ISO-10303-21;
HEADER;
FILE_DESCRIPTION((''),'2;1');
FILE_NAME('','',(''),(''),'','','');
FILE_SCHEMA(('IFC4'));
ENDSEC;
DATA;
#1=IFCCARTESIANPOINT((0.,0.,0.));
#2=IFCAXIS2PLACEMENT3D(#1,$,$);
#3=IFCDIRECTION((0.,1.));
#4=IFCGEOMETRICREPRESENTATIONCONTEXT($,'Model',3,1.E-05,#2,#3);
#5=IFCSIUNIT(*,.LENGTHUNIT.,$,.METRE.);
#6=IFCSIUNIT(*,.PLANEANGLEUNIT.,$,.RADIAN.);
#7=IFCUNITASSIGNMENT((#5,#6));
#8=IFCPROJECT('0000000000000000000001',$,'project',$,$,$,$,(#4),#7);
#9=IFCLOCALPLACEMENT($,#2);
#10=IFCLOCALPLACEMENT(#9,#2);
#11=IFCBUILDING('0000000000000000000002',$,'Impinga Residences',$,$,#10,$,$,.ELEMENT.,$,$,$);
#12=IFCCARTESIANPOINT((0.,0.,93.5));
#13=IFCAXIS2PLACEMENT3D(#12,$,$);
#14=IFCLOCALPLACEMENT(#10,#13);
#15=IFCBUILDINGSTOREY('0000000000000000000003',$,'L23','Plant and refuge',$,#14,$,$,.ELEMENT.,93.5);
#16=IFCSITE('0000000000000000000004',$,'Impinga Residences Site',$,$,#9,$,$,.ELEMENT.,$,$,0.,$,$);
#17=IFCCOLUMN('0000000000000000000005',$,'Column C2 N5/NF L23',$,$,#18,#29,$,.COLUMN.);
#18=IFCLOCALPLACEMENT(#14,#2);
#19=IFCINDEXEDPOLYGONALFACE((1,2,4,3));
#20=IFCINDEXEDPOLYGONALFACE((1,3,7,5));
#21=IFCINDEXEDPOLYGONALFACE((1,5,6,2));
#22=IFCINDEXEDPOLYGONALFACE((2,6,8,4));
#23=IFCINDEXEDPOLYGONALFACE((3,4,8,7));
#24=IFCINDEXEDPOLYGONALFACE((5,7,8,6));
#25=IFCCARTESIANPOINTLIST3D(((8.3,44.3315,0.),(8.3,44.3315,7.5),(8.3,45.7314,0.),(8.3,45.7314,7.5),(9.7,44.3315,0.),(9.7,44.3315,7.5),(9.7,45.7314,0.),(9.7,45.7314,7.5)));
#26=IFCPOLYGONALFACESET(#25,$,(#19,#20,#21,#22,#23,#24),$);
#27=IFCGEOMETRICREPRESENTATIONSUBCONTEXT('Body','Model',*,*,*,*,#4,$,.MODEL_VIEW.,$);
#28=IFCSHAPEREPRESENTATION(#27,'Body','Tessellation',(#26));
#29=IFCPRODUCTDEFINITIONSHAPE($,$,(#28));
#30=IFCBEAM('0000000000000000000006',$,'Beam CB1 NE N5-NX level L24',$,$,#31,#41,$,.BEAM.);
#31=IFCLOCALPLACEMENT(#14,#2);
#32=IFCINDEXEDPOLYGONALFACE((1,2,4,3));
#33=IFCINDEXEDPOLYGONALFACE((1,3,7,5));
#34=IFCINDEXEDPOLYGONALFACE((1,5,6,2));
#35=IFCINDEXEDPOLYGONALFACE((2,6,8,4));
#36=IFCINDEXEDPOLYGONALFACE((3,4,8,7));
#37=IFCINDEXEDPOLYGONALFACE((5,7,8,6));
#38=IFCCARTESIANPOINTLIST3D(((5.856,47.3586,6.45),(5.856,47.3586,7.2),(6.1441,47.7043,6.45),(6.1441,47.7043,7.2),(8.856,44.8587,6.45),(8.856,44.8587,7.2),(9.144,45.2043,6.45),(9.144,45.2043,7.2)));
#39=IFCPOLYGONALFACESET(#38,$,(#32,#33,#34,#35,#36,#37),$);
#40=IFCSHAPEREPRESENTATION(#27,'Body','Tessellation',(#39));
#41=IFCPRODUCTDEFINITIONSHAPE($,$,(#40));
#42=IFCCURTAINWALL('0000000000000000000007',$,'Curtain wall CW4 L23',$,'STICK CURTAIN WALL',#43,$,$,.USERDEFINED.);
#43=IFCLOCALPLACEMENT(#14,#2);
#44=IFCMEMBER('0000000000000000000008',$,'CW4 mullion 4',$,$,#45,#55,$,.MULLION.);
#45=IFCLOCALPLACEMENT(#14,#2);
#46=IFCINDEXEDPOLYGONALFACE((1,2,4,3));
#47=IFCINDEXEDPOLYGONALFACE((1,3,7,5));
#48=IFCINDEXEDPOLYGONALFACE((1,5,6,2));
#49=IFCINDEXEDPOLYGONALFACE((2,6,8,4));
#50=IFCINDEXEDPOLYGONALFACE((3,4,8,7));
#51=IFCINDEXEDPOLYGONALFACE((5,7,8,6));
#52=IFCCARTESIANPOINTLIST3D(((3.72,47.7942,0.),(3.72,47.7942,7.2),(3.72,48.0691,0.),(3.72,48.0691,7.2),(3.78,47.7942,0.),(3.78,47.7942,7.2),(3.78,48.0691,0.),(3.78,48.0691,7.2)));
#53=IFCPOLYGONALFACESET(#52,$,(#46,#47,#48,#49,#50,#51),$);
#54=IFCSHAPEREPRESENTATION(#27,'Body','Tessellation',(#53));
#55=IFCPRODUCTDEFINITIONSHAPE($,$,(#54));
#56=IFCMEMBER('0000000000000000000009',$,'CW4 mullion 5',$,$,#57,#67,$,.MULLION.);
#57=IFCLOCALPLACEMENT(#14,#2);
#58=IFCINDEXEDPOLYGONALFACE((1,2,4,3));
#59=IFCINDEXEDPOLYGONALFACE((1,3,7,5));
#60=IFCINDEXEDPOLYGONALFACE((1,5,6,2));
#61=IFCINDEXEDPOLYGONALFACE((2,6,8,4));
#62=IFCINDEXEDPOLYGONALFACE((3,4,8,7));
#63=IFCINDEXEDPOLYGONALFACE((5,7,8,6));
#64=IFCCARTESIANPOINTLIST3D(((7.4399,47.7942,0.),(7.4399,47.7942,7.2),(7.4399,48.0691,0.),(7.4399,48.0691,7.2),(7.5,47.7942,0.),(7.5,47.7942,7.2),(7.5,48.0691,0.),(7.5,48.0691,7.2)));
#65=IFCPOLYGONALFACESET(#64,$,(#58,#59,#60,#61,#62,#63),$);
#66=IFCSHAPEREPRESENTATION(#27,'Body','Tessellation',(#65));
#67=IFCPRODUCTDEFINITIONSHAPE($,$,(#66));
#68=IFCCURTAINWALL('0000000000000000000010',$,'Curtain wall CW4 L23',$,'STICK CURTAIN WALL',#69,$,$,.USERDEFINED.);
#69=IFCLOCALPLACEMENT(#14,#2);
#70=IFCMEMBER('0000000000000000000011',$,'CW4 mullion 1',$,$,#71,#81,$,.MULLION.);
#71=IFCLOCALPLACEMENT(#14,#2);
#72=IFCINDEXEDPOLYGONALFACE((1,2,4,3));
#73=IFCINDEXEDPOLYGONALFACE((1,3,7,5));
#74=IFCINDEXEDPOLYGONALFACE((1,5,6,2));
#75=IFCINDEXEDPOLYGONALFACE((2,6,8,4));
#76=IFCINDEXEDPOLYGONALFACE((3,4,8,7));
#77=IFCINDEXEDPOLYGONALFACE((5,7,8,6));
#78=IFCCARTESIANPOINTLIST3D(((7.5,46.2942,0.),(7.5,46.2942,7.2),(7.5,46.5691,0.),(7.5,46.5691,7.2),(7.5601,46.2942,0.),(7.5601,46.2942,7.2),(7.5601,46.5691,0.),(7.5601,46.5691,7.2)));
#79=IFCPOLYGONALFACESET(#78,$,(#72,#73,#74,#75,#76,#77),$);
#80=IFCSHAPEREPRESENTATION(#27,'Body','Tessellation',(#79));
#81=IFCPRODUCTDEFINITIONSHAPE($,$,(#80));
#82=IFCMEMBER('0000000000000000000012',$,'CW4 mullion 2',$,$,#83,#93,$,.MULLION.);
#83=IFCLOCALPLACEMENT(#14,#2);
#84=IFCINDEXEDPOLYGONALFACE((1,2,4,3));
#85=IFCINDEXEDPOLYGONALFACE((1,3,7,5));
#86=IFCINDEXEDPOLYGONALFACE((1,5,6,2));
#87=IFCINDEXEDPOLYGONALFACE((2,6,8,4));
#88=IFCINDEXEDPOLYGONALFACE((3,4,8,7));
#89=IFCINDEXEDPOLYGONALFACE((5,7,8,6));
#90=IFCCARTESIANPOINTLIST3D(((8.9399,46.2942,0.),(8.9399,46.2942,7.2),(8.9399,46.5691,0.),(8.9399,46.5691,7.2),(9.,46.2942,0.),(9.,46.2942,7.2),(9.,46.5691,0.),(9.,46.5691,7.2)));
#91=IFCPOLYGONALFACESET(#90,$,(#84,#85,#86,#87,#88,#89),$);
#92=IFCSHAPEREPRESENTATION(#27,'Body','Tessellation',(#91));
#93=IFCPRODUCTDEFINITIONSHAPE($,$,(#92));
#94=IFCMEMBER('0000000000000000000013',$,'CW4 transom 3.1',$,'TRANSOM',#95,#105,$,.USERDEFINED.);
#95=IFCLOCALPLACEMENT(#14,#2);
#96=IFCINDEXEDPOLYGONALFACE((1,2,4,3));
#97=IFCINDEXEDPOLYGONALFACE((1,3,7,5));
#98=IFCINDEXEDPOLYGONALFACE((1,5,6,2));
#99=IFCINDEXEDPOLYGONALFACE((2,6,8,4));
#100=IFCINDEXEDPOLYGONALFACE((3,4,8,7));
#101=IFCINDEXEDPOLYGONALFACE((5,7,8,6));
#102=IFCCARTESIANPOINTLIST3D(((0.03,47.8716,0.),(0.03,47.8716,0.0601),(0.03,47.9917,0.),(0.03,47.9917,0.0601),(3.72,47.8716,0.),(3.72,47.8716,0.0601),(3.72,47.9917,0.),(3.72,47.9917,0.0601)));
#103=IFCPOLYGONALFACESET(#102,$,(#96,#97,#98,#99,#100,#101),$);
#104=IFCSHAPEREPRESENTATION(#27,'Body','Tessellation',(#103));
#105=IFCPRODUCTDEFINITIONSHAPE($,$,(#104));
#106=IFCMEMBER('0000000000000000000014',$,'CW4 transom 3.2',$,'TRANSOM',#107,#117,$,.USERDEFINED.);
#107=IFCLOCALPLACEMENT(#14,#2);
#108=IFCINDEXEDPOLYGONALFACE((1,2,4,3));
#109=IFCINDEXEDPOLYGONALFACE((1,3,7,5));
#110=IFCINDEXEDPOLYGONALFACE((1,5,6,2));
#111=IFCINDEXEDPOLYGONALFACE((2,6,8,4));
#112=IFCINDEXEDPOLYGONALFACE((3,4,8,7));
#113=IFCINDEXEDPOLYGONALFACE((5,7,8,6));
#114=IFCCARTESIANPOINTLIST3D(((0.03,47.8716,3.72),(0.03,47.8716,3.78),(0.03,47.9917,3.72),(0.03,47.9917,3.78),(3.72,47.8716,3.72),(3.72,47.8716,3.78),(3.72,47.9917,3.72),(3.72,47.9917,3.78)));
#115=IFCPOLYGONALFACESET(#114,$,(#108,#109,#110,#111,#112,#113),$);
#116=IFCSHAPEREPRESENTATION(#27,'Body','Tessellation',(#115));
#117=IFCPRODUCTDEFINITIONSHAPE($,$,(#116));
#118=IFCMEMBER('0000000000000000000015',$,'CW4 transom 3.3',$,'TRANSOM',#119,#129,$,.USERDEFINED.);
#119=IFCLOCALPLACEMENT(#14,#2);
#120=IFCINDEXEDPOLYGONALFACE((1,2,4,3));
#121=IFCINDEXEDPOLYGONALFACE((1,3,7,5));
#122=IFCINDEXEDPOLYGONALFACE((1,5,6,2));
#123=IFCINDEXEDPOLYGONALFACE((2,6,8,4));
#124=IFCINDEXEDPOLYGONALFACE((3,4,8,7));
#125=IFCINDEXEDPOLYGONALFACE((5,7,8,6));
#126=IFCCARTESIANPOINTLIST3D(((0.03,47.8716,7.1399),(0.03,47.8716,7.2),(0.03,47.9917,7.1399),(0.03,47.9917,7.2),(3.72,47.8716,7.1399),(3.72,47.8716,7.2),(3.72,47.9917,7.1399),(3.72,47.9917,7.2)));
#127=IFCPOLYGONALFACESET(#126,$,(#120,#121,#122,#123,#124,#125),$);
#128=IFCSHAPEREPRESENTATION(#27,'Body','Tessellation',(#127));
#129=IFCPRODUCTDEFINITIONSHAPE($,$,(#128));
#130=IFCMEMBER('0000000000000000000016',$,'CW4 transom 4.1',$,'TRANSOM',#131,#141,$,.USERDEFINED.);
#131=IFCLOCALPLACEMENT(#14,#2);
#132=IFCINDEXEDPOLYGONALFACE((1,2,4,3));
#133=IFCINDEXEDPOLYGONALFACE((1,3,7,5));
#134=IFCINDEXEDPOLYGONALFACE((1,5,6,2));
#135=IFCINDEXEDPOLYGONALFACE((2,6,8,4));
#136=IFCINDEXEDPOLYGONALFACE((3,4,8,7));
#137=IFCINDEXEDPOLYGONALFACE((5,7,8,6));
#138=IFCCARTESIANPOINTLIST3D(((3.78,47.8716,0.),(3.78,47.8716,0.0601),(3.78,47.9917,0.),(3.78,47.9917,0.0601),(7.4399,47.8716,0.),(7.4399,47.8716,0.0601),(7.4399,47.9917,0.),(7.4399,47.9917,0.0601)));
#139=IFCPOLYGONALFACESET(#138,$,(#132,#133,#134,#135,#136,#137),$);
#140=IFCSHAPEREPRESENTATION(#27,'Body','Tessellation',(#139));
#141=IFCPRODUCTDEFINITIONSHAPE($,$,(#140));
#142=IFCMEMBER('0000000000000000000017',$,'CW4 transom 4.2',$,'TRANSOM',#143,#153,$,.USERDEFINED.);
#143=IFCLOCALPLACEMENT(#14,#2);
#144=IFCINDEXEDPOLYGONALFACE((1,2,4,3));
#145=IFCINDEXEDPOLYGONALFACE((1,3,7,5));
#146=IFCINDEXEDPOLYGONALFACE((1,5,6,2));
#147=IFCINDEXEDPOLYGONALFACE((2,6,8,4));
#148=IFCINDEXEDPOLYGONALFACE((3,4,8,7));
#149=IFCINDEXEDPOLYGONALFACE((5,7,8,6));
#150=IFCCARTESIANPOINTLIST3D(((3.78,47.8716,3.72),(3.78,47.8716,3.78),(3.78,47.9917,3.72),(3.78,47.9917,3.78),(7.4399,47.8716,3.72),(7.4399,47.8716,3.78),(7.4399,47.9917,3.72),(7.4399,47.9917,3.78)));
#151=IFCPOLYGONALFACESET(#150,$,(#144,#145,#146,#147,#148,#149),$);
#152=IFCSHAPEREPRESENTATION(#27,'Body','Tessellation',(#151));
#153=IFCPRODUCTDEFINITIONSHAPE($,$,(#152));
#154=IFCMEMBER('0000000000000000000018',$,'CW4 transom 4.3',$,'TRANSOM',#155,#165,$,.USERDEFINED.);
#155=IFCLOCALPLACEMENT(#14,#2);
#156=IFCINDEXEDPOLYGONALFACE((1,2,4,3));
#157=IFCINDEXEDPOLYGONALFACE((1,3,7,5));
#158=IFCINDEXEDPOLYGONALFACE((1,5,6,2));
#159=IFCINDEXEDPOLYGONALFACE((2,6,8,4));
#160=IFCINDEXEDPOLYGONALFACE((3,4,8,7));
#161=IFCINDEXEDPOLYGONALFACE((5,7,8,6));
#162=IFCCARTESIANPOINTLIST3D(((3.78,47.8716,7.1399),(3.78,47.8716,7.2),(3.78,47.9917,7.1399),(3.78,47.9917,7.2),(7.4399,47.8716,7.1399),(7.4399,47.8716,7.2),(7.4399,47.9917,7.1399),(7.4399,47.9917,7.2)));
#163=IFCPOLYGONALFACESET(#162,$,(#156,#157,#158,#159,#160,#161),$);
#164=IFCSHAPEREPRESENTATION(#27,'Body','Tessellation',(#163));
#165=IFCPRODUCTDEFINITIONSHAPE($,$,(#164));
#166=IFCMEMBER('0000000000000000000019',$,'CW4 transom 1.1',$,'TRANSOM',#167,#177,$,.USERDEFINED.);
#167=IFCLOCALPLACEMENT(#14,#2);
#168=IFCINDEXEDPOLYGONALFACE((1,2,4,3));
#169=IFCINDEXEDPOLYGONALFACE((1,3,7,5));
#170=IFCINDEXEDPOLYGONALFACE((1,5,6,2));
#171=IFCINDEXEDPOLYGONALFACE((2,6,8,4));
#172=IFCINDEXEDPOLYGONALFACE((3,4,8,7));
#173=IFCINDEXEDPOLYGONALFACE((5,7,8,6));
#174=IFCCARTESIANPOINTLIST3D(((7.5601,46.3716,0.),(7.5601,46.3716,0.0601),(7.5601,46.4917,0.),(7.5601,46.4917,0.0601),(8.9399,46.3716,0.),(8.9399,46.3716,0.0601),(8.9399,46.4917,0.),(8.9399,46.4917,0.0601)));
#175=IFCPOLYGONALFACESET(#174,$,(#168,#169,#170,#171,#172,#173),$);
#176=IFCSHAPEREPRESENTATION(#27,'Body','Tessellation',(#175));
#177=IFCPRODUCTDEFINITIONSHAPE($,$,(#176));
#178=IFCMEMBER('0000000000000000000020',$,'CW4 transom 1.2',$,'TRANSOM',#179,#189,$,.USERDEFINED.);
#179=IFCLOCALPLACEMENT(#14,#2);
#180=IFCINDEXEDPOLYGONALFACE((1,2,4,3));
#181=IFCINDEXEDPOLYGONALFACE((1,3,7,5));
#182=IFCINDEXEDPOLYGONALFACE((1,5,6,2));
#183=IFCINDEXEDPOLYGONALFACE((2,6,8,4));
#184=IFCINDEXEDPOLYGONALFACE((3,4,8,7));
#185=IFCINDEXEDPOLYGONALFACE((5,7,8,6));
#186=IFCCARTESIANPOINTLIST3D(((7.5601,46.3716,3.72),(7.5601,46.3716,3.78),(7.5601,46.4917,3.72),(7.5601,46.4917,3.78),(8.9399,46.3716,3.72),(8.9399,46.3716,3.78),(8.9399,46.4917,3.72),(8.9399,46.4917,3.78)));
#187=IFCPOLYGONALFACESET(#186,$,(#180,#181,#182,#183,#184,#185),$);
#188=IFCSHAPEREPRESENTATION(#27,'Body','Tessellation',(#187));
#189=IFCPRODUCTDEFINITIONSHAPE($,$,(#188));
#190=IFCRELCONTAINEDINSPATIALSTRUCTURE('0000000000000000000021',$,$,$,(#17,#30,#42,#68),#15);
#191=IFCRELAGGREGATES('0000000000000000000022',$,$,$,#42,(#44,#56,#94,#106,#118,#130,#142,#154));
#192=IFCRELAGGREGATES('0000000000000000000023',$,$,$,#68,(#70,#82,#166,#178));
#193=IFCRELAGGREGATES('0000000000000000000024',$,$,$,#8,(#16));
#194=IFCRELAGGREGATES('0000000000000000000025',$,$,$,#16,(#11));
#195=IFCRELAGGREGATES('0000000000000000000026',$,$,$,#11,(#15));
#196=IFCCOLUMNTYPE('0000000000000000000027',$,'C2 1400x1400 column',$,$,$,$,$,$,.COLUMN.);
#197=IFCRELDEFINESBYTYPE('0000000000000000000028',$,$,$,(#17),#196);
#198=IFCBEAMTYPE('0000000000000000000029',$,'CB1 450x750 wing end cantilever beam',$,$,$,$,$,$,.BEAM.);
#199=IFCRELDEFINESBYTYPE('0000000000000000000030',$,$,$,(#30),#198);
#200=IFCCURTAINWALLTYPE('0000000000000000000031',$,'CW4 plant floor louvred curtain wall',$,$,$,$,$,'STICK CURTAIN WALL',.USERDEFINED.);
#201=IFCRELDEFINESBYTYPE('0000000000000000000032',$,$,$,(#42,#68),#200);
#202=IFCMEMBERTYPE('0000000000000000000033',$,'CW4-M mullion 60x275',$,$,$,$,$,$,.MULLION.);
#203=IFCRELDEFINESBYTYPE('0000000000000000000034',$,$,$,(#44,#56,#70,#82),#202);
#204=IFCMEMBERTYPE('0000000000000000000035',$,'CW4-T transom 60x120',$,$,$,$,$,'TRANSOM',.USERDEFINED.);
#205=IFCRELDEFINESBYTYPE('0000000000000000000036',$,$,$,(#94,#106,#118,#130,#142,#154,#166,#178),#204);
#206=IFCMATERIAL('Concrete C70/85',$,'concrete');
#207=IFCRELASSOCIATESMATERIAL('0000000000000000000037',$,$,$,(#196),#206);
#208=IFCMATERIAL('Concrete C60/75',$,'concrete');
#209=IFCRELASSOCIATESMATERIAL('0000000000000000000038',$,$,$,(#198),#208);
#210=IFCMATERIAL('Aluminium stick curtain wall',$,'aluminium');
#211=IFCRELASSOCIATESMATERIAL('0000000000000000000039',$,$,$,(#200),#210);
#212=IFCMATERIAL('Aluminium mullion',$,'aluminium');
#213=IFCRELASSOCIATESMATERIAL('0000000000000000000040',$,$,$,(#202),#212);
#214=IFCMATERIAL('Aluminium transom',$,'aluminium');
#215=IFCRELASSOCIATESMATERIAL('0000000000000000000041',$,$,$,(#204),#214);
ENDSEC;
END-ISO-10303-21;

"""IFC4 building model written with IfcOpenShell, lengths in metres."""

from ifc_helpers import new_model, si_unit, direction, frame, origin, origin_2d, place, context, subcontext, project, spatial, rectangle, extrude, material, material_profile, profile_set, type_object, element, aggregate, save


model = new_model("IFC4")

# Units and contexts
model_context = context("Model", 3, precision=1e-05, world=origin(), true_north=direction((0.0, 1.0)))
body_context = subcontext(model_context, "Body", "Model", "MODEL_VIEW")
ifc_project = project(units=[si_unit("LENGTHUNIT", "METRE"), si_unit("PLANEANGLEUNIT", "RADIAN")], contexts=[model_context])

# Site, building, storey
site_placement = place(None, origin())
site = spatial("IfcSite", under=ifc_project, at=site_placement, Name="Impinga Residences Site", CompositionType="ELEMENT", RefElevation=0.0)
building_placement = place(site_placement, origin())
building = spatial("IfcBuilding", under=site, at=building_placement, Name="Impinga Residences", CompositionType="ELEMENT")
storey_placement = place(building_placement, frame((0.0, 0.0, 93.5)))
storey = spatial("IfcBuildingStorey", under=building, at=storey_placement, Name="L23", Description="Plant and refuge", CompositionType="ELEMENT", Elevation=93.5)

# Column
ifc_material_1 = material(Name="Concrete C70/85", Category="concrete")
ifc_material_profile_1 = material_profile(ifc_material_1, rectangle(XDim=1.3999, YDim=1.3999, at=origin_2d()), Name="RC 1400x1400")
ifc_profile_set_1 = profile_set([ifc_material_profile_1], Name="Concrete C70/85")
column_type = type_object("IfcColumnType", Name="C2 1400x1400 column", PredefinedType="COLUMN", material=ifc_profile_set_1)
column_placement = place(storey_placement, frame((9.0, 45.0315, 0.0), z_axis=(0.0, 0.0, 1.0), x_axis=(1.0, 0.0, 0.0)))
element("IfcColumn", 1, at=column_placement, inside=storey, type_object=column_type, Name="Column C2 N5/NF L23", PredefinedType="COLUMN", context=body_context, shape_type="SweptSolid", body=[
    extrude(rectangle(XDim=1.3999, YDim=1.3999, at=origin_2d()), origin(), (0.0, 0.0, 1.0), 7.5),
])

# Beam
ifc_material_2 = material(Name="Concrete C60/75", Category="concrete")
ifc_material_profile_2 = material_profile(ifc_material_2, rectangle(XDim=0.45, YDim=0.75, at=origin_2d()), Name="RC 450x750")
ifc_profile_set_2 = profile_set([ifc_material_profile_2], Name="Concrete C60/75")
beam_type_1 = type_object("IfcBeamType", Name="CB1 450x750 wing end cantilever beam", PredefinedType="BEAM", material=ifc_profile_set_2)
beam_1_placement = place(storey_placement, frame((9.0, 45.0315, 6.825), z_axis=(-0.768221, 0.640184, 0.0), x_axis=(-0.640184, -0.768221, 0.0)))
element("IfcBeam", 2, at=beam_1_placement, inside=storey, type_object=beam_type_1, Name="Beam CB1 NE N5-NX level L24", PredefinedType="BEAM", context=body_context, shape_type="SweptSolid", body=[
    extrude(rectangle(XDim=0.45, YDim=0.75, at=origin_2d()), origin(), (0.0, 0.0, 1.0), 3.905),
])

# Curtain walls, members
ifc_material_3 = material(Name="Aluminium stick curtain wall", Category="aluminium")
curtain_wall_type = type_object("IfcCurtainWallType", Name="CW4 plant floor louvred curtain wall", ElementType="STICK CURTAIN WALL", PredefinedType="USERDEFINED", material=ifc_material_3)
curtain_wall_1_placement = place(storey_placement, origin())
curtain_wall_1 = element("IfcCurtainWall", 3, at=curtain_wall_1_placement, inside=storey, type_object=curtain_wall_type, Name="Curtain wall CW4 L23", ObjectType="STICK CURTAIN WALL", PredefinedType="USERDEFINED")
ifc_material_4 = material(Name="Aluminium mullion", Category="aluminium")
ifc_material_profile_3 = material_profile(ifc_material_4, rectangle(XDim=0.0601, YDim=0.2749, at=origin_2d()), Name="60x275 mullion")
ifc_profile_set_3 = profile_set([ifc_material_profile_3], Name="Aluminium mullion")
member_type_1 = type_object("IfcMemberType", Name="CW4-M mullion 60x275", PredefinedType="MULLION", material=ifc_profile_set_3)
member_1_placement = place(storey_placement, frame((3.75, 47.9316, 0.0), z_axis=(0.0, 0.0, 1.0), x_axis=(1.0, 0.0, 0.0)))
member_1 = element("IfcMember", 4, at=member_1_placement, type_object=member_type_1, Name="CW4 mullion 4", PredefinedType="MULLION", context=body_context, shape_type="SweptSolid", body=[
    extrude(rectangle(XDim=0.0601, YDim=0.2749, at=origin_2d()), origin(), (0.0, 0.0, 1.0), 7.2),
])
member_2_placement = place(storey_placement, frame((7.47, 47.9316, 0.0), z_axis=(0.0, 0.0, 1.0), x_axis=(1.0, 0.0, 0.0)))
member_2 = element("IfcMember", 5, at=member_2_placement, type_object=member_type_1, Name="CW4 mullion 5", PredefinedType="MULLION", context=body_context, shape_type="SweptSolid", body=[
    extrude(rectangle(XDim=0.0601, YDim=0.2749, at=origin_2d()), origin(), (0.0, 0.0, 1.0), 7.2),
])
curtain_wall_2_placement = place(storey_placement, origin())
curtain_wall_2 = element("IfcCurtainWall", 6, at=curtain_wall_2_placement, inside=storey, type_object=curtain_wall_type, Name="Curtain wall CW4 L23", ObjectType="STICK CURTAIN WALL", PredefinedType="USERDEFINED")
member_3_placement = place(storey_placement, frame((7.53, 46.4316, 0.0), z_axis=(0.0, 0.0, 1.0), x_axis=(1.0, 0.0, 0.0)))
member_3 = element("IfcMember", 7, at=member_3_placement, type_object=member_type_1, Name="CW4 mullion 1", PredefinedType="MULLION", context=body_context, shape_type="SweptSolid", body=[
    extrude(rectangle(XDim=0.0601, YDim=0.2749, at=origin_2d()), origin(), (0.0, 0.0, 1.0), 7.2),
])
member_4_placement = place(storey_placement, frame((8.97, 46.4316, 0.0), z_axis=(0.0, 0.0, 1.0), x_axis=(1.0, 0.0, 0.0)))
member_4 = element("IfcMember", 8, at=member_4_placement, type_object=member_type_1, Name="CW4 mullion 2", PredefinedType="MULLION", context=body_context, shape_type="SweptSolid", body=[
    extrude(rectangle(XDim=0.0601, YDim=0.2749, at=origin_2d()), origin(), (0.0, 0.0, 1.0), 7.2),
])

# Members
ifc_material_5 = material(Name="Aluminium transom", Category="aluminium")
ifc_material_profile_4 = material_profile(ifc_material_5, rectangle(XDim=0.0601, YDim=0.1201, at=origin_2d()), Name="60x120 transom")
ifc_profile_set_4 = profile_set([ifc_material_profile_4], Name="Aluminium transom")
member_type_2 = type_object("IfcMemberType", Name="CW4-T transom 60x120", ElementType="TRANSOM", PredefinedType="USERDEFINED", material=ifc_profile_set_4)
member_5_placement = place(storey_placement, frame((0.03, 47.9316, 0.03), z_axis=(1.0, 0.0, 0.0), x_axis=(0.0, 0.0, 1.0)))
member_5 = element("IfcMember", 9, at=member_5_placement, type_object=member_type_2, Name="CW4 transom 3.1", ObjectType="TRANSOM", PredefinedType="USERDEFINED", context=body_context, shape_type="SweptSolid", body=[
    extrude(rectangle(XDim=0.0601, YDim=0.1201, at=origin_2d()), origin(), (0.0, 0.0, 1.0), 3.6899),
])
member_6_placement = place(storey_placement, frame((0.03, 47.9316, 3.75), z_axis=(1.0, 0.0, 0.0), x_axis=(0.0, 0.0, 1.0)))
member_6 = element("IfcMember", 10, at=member_6_placement, type_object=member_type_2, Name="CW4 transom 3.2", ObjectType="TRANSOM", PredefinedType="USERDEFINED", context=body_context, shape_type="SweptSolid", body=[
    extrude(rectangle(XDim=0.0601, YDim=0.1201, at=origin_2d()), origin(), (0.0, 0.0, 1.0), 3.6899),
])
member_7_placement = place(storey_placement, frame((0.03, 47.9316, 7.1699), z_axis=(1.0, 0.0, 0.0), x_axis=(0.0, 0.0, 1.0)))
member_7 = element("IfcMember", 11, at=member_7_placement, type_object=member_type_2, Name="CW4 transom 3.3", ObjectType="TRANSOM", PredefinedType="USERDEFINED", context=body_context, shape_type="SweptSolid", body=[
    extrude(rectangle(XDim=0.0601, YDim=0.1201, at=origin_2d()), origin(), (0.0, 0.0, 1.0), 3.6899),
])
member_8_placement = place(storey_placement, frame((3.78, 47.9316, 0.03), z_axis=(1.0, 0.0, 0.0), x_axis=(0.0, 0.0, 1.0)))
member_8 = element("IfcMember", 12, at=member_8_placement, type_object=member_type_2, Name="CW4 transom 4.1", ObjectType="TRANSOM", PredefinedType="USERDEFINED", context=body_context, shape_type="SweptSolid", body=[
    extrude(rectangle(XDim=0.0601, YDim=0.1201, at=origin_2d()), origin(), (0.0, 0.0, 1.0), 3.6599),
])
member_9_placement = place(storey_placement, frame((3.78, 47.9316, 3.75), z_axis=(1.0, 0.0, 0.0), x_axis=(0.0, 0.0, 1.0)))
member_9 = element("IfcMember", 13, at=member_9_placement, type_object=member_type_2, Name="CW4 transom 4.2", ObjectType="TRANSOM", PredefinedType="USERDEFINED", context=body_context, shape_type="SweptSolid", body=[
    extrude(rectangle(XDim=0.0601, YDim=0.1201, at=origin_2d()), origin(), (0.0, 0.0, 1.0), 3.6599),
])
member_10_placement = place(storey_placement, frame((3.78, 47.9316, 7.1699), z_axis=(1.0, 0.0, 0.0), x_axis=(0.0, 0.0, 1.0)))
member_10 = element("IfcMember", 14, at=member_10_placement, type_object=member_type_2, Name="CW4 transom 4.3", ObjectType="TRANSOM", PredefinedType="USERDEFINED", context=body_context, shape_type="SweptSolid", body=[
    extrude(rectangle(XDim=0.0601, YDim=0.1201, at=origin_2d()), origin(), (0.0, 0.0, 1.0), 3.6599),
])
member_11_placement = place(storey_placement, frame((7.5601, 46.4316, 0.03), z_axis=(1.0, 0.0, 0.0), x_axis=(0.0, 0.0, 1.0)))
member_11 = element("IfcMember", 15, at=member_11_placement, type_object=member_type_2, Name="CW4 transom 1.1", ObjectType="TRANSOM", PredefinedType="USERDEFINED", context=body_context, shape_type="SweptSolid", body=[
    extrude(rectangle(XDim=0.0601, YDim=0.1201, at=origin_2d()), origin(), (0.0, 0.0, 1.0), 1.3799),
])
member_12_placement = place(storey_placement, frame((7.5601, 46.4316, 3.75), z_axis=(1.0, 0.0, 0.0), x_axis=(0.0, 0.0, 1.0)))
member_12 = element("IfcMember", 16, at=member_12_placement, type_object=member_type_2, Name="CW4 transom 1.2", ObjectType="TRANSOM", PredefinedType="USERDEFINED", context=body_context, shape_type="SweptSolid", body=[
    extrude(rectangle(XDim=0.0601, YDim=0.1201, at=origin_2d()), origin(), (0.0, 0.0, 1.0), 1.3799),
])

aggregate(curtain_wall_1, [member_1, member_2, member_5, member_6, member_7, member_8, member_9, member_10])
aggregate(curtain_wall_2, [member_3, member_4, member_11, member_12])

save(model, "model.ifc")
